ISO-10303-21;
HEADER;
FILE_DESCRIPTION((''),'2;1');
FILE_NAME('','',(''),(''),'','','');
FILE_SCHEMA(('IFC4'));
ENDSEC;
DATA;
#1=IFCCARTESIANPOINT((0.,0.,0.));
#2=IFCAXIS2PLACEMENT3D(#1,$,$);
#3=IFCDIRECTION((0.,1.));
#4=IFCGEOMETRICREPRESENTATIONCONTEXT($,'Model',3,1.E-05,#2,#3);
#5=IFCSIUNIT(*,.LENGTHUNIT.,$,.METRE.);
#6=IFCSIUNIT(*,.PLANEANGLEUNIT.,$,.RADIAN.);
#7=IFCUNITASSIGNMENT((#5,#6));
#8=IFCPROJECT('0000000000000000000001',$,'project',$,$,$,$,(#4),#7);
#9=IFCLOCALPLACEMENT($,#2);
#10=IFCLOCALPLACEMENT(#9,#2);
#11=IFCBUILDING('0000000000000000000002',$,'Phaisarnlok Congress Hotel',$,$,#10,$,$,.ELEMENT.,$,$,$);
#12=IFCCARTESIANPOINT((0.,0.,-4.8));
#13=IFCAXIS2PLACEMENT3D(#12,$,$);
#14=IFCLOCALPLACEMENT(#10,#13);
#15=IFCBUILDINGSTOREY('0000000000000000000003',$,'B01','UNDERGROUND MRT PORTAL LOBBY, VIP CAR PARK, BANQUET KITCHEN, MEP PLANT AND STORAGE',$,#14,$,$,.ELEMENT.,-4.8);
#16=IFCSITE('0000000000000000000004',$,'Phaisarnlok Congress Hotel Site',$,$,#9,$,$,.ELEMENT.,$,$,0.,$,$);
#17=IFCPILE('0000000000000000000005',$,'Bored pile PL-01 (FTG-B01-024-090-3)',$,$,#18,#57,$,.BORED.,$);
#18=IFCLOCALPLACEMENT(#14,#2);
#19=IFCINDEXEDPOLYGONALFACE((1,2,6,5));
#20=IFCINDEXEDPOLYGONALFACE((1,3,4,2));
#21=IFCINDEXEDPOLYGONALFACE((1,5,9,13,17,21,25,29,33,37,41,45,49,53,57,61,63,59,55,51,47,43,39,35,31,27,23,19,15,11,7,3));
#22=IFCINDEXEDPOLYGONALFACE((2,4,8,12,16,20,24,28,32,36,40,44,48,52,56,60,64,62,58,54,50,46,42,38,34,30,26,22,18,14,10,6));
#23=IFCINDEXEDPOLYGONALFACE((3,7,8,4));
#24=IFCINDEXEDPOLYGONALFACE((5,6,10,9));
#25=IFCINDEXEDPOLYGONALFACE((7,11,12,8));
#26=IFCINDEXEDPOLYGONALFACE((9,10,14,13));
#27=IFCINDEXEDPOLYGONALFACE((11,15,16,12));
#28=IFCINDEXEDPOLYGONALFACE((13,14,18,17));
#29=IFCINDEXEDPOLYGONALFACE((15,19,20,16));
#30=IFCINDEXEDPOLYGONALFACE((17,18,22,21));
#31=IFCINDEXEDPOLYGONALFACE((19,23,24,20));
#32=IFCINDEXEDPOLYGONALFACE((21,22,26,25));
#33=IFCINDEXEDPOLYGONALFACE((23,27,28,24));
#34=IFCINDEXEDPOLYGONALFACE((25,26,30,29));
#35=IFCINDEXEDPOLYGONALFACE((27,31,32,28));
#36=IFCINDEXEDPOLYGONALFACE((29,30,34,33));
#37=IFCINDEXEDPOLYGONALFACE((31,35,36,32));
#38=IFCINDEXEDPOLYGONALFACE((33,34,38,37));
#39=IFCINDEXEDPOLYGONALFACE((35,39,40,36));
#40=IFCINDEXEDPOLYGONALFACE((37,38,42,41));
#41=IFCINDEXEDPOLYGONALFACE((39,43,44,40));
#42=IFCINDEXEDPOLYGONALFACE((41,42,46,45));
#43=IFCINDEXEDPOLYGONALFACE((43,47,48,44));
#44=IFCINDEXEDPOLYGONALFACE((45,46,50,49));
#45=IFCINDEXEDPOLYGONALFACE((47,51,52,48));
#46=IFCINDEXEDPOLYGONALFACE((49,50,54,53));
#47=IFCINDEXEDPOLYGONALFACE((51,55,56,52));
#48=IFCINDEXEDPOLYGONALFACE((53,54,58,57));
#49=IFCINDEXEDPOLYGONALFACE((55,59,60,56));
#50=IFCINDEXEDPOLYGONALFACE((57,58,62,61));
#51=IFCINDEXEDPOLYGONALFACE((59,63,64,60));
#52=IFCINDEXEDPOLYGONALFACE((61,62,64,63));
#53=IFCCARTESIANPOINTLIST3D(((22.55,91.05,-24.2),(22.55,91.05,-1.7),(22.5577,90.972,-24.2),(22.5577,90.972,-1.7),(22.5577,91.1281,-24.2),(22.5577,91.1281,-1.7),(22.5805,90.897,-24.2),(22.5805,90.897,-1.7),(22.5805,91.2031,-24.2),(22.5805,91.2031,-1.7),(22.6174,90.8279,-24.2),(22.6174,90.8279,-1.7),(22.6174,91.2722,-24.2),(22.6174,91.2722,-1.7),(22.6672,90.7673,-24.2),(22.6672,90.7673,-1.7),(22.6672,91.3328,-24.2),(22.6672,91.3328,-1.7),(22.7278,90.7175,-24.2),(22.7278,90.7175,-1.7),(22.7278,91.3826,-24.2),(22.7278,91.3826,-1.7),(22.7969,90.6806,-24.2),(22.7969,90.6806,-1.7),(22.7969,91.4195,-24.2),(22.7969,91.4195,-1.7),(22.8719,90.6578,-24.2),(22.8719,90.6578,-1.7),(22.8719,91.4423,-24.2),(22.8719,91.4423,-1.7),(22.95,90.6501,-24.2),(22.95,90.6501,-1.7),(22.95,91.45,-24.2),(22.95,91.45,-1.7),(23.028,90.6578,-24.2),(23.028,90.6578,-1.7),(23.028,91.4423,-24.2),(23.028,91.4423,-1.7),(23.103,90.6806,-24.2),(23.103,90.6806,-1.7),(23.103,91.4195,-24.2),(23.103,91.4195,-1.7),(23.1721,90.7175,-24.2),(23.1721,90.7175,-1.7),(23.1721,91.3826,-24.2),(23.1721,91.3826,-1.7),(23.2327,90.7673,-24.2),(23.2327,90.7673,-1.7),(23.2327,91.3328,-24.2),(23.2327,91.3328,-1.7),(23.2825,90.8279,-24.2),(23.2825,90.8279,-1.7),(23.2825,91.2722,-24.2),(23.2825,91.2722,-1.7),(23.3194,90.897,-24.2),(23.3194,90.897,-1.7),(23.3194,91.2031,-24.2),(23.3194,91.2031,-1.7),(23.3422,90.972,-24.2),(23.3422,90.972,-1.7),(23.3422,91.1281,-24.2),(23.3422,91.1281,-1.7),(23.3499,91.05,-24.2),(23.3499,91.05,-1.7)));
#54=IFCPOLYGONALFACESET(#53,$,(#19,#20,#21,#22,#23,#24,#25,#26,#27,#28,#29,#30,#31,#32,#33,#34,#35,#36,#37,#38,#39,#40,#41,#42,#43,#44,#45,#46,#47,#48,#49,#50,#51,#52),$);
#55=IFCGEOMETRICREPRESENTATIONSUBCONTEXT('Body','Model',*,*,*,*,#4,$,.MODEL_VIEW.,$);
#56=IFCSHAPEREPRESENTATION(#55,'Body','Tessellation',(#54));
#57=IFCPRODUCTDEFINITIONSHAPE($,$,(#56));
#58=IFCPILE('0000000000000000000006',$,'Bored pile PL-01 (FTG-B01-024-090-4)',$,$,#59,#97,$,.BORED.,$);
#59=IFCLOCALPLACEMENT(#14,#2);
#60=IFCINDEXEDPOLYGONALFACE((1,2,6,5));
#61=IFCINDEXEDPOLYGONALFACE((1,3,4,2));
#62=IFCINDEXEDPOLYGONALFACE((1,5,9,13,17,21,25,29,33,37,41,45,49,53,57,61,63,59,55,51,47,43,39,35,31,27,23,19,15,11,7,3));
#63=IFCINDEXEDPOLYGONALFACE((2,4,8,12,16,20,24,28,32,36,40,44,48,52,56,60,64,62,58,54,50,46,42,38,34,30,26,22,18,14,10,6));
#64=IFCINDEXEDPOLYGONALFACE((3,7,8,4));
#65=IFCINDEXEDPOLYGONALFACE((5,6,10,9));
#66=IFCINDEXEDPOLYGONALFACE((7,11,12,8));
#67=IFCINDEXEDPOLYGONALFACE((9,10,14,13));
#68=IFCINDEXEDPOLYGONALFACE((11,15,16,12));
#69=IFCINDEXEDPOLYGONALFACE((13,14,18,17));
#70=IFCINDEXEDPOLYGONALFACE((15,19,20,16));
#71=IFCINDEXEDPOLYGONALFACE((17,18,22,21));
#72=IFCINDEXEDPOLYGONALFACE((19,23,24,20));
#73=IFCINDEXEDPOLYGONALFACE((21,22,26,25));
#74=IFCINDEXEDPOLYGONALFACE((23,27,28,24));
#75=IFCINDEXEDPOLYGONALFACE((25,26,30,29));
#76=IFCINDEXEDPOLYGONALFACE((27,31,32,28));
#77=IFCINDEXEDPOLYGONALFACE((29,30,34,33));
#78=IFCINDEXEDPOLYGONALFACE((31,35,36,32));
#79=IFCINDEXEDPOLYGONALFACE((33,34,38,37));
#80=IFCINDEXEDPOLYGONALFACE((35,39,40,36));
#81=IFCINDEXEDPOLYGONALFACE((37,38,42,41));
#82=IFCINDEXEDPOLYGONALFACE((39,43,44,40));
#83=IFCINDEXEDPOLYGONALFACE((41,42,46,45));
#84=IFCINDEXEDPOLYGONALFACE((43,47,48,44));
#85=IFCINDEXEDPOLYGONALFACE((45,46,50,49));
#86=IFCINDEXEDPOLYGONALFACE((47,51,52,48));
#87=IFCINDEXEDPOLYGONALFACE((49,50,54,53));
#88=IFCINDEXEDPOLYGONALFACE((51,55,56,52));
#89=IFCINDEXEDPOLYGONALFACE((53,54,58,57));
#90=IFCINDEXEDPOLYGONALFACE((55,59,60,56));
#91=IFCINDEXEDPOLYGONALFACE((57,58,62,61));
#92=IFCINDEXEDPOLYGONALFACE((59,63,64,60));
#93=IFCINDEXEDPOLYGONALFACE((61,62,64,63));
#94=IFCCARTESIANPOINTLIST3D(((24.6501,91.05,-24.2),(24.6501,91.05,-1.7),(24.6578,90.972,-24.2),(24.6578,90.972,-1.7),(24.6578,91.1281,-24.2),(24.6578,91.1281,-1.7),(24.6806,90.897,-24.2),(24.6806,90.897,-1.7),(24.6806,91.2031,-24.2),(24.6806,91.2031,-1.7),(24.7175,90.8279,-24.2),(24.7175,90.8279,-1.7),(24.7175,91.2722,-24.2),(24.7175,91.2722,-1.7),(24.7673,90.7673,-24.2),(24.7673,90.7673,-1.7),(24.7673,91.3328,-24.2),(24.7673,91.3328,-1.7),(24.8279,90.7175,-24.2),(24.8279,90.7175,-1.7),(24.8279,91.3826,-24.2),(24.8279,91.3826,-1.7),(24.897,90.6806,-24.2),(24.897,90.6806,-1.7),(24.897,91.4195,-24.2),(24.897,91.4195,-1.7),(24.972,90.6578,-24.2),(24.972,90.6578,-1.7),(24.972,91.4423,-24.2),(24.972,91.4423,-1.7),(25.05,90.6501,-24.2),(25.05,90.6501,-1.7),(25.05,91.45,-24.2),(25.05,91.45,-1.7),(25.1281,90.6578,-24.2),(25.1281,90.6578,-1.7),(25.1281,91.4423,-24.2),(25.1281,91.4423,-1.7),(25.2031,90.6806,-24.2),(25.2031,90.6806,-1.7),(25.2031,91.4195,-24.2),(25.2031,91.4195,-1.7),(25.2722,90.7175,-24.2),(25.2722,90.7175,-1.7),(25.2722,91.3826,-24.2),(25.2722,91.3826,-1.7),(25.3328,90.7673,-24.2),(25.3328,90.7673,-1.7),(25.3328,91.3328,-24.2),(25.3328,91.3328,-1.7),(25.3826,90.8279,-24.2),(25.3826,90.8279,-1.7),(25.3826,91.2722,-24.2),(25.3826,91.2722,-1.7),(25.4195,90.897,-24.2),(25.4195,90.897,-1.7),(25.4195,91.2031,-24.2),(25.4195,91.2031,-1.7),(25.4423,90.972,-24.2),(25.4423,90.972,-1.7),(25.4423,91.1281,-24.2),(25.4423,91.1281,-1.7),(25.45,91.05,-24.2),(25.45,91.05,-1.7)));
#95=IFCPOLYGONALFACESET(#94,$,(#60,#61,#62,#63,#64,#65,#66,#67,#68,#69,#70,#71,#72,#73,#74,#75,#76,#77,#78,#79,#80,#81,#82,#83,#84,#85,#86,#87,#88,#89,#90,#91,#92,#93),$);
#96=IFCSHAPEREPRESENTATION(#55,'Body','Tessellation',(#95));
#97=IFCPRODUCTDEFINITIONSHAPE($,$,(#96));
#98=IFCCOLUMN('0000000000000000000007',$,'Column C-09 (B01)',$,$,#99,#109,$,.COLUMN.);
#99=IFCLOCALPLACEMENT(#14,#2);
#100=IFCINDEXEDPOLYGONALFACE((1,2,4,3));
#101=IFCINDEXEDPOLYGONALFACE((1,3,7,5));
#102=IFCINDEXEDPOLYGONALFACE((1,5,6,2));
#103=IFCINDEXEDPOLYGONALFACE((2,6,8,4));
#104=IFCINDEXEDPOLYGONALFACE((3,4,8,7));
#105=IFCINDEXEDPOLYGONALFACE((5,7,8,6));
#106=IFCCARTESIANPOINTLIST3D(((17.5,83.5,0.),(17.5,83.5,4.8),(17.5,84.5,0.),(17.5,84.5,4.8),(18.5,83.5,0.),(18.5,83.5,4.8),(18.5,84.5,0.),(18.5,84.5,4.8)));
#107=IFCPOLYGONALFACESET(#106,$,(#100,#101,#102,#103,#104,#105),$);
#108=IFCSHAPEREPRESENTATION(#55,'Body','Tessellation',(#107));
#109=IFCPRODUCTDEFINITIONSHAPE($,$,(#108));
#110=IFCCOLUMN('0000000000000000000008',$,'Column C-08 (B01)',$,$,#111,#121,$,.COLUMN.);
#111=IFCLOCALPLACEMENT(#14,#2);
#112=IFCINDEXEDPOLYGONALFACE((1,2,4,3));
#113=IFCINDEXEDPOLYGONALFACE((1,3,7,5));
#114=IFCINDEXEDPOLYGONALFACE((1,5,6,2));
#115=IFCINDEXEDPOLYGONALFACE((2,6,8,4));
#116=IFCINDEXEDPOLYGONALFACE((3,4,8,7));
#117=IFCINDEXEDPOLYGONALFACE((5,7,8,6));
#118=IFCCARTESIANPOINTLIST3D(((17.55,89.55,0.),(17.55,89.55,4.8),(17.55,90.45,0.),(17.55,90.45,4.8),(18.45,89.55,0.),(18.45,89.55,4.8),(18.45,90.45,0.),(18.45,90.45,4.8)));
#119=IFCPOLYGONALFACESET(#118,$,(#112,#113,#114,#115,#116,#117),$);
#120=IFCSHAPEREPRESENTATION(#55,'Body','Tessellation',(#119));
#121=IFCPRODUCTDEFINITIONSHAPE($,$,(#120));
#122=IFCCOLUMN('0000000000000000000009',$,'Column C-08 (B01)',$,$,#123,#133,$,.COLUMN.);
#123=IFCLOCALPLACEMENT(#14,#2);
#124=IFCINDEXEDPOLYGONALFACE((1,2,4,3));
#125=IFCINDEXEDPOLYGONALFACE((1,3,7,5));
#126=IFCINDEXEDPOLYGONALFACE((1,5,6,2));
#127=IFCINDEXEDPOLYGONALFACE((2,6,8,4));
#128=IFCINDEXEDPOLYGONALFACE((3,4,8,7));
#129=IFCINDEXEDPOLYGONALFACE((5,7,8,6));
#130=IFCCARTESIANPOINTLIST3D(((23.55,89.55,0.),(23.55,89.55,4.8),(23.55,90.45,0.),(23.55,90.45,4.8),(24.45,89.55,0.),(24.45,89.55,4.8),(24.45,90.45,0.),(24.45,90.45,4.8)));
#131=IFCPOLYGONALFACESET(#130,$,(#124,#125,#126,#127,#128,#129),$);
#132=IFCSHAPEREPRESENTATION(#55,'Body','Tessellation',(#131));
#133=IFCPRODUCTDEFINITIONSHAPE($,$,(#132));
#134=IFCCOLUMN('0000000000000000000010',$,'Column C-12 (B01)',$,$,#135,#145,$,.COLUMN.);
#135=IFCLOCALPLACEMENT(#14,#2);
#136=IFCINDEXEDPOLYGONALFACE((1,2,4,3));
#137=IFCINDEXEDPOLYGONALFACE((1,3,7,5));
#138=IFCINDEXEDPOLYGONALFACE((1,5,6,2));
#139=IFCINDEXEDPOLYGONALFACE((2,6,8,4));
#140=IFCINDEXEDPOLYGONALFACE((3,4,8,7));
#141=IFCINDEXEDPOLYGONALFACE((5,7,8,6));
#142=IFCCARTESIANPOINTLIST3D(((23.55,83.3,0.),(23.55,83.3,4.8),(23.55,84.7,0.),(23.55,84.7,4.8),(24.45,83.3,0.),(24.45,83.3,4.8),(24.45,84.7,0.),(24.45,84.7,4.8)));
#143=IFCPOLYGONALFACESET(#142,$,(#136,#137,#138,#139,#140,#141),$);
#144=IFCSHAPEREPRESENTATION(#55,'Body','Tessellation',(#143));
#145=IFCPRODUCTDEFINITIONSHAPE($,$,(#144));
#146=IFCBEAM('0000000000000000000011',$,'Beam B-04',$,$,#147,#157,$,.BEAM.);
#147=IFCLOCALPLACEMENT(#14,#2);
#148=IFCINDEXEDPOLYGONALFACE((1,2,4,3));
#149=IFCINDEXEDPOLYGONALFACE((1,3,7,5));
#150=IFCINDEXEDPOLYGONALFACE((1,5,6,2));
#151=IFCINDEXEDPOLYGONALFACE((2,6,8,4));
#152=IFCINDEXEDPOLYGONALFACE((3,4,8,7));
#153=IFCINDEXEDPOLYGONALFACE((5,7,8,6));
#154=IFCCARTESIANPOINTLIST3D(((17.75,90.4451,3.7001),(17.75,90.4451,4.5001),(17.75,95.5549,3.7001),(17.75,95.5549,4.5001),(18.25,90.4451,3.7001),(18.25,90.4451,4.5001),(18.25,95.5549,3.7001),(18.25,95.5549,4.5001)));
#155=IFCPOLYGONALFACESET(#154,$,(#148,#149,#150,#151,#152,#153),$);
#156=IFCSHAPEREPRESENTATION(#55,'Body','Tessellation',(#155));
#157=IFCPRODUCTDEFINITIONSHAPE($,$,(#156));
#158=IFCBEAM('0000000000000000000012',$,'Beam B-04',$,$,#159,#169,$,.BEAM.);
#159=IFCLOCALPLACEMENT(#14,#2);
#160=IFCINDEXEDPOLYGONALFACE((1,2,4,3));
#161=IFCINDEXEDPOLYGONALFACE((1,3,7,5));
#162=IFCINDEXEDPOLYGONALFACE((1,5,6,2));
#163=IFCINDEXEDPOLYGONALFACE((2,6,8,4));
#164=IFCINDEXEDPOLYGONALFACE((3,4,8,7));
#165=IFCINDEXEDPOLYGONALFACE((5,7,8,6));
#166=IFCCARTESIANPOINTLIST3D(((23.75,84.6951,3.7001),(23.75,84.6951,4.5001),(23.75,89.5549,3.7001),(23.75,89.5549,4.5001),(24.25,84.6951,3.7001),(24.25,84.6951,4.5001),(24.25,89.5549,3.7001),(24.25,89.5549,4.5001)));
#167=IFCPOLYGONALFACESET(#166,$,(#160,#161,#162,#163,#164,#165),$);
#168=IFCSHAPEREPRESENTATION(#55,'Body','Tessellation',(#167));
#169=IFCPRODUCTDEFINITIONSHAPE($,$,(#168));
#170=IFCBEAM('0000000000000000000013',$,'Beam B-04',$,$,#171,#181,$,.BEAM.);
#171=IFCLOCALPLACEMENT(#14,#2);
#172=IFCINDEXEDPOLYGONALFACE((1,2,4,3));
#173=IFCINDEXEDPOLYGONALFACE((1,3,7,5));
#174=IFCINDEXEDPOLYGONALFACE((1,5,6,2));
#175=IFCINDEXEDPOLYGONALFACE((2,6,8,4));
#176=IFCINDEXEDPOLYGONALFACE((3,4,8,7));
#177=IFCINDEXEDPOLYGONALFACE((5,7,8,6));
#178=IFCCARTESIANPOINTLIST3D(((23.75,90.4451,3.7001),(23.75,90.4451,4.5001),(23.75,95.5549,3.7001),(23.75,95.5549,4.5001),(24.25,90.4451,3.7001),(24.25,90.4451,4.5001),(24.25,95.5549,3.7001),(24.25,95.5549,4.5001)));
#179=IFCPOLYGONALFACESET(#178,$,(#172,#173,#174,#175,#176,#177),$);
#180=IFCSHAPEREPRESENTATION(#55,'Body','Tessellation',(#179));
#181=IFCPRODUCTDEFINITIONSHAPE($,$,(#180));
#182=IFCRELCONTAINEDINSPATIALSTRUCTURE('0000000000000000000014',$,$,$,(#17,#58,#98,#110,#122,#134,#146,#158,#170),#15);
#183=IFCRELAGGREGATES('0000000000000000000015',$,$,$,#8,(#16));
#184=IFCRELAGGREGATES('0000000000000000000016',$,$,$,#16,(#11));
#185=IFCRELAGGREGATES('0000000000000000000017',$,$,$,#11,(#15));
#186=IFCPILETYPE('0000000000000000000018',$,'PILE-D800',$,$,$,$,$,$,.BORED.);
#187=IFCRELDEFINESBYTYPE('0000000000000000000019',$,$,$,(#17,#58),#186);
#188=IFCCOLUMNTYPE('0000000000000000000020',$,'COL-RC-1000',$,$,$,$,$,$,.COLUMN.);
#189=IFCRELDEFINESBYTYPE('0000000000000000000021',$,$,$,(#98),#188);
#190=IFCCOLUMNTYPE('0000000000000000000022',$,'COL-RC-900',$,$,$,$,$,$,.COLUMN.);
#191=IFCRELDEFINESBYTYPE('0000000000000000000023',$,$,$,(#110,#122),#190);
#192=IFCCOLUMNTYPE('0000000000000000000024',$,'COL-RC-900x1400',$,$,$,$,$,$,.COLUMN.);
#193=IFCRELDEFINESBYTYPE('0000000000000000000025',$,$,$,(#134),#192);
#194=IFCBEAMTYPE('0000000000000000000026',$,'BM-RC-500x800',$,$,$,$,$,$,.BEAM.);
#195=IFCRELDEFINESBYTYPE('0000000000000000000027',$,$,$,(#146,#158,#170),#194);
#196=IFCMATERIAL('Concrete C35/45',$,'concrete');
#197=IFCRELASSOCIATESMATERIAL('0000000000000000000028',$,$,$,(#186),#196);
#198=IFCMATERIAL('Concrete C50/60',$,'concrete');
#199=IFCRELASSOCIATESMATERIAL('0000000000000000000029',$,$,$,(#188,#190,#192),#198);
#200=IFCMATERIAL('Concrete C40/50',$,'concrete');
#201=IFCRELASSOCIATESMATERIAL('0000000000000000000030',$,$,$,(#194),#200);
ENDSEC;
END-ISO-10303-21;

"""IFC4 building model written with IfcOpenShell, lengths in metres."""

from ifc_helpers import new_model, si_unit, direction, frame, origin, origin_2d, place, context, subcontext, project, spatial, rectangle, circle, extrude, material, material_profile, profile_set, type_object, element, save


model = new_model("IFC4")

# Units and contexts
model_context = context("Model", 3, precision=1e-05, world=origin(), true_north=direction((0.0, 1.0)))
body_context = subcontext(model_context, "Body", "Model", "MODEL_VIEW")
ifc_project = project(units=[si_unit("LENGTHUNIT", "METRE"), si_unit("PLANEANGLEUNIT", "RADIAN")], contexts=[model_context])

# Site, building, storey
site_placement = place(None, origin())
site = spatial("IfcSite", under=ifc_project, at=site_placement, Name="Phaisarnlok Congress Hotel Site", CompositionType="ELEMENT", RefElevation=0.0)
building_placement = place(site_placement, origin())
building = spatial("IfcBuilding", under=site, at=building_placement, Name="Phaisarnlok Congress Hotel", CompositionType="ELEMENT")
storey_placement = place(building_placement, frame((0.0, 0.0, -4.8)))
storey = spatial("IfcBuildingStorey", under=building, at=storey_placement, Name="B01", Description="UNDERGROUND MRT PORTAL LOBBY, VIP CAR PARK, BANQUET KITCHEN, MEP PLANT AND STORAGE", CompositionType="ELEMENT", Elevation=-4.8)

# Shared definitions
ifc_material_1 = material(Name="Concrete C40/50", Category="concrete")

# Piles
ifc_material_2 = material(Name="Concrete C35/45", Category="concrete")
ifc_material_profile_1 = material_profile(ifc_material_2, circle(Radius=0.3999, at=origin_2d()), Name="BORED PILE D800")
ifc_profile_set_1 = profile_set([ifc_material_profile_1], Name="Concrete C35/45")
pile_type_1 = type_object("IfcPileType", Name="PILE-D800", PredefinedType="BORED", material=ifc_profile_set_1)
for number, where, z_axis, x_axis, name in (
    (1, (22.95, 91.05, -1.7), (0.0, 0.0, -1.0), (1.0, 0.0, 0.0), "Bored pile PL-01 (FTG-B01-024-090-3)"),
    (2, (25.05, 91.05, -1.7), (0.0, 0.0, -1.0), (1.0, 0.0, 0.0), "Bored pile PL-01 (FTG-B01-024-090-4)"),
):
    element("IfcPile", number, at=place(storey_placement, frame(where, z_axis=z_axis, x_axis=x_axis)), inside=storey, type_object=pile_type_1, Name=name, PredefinedType="BORED", context=body_context, shape_type="SweptSolid", body=[
        extrude(circle(Radius=0.3999, at=origin_2d()), origin(), (0.0, 0.0, 1.0), 22.5),
    ])

# Columns
ifc_material_3 = material(Name="Concrete C50/60", Category="concrete")
ifc_material_profile_2 = material_profile(ifc_material_3, rectangle(XDim=1.0, YDim=1.0, at=origin_2d()), Name="RC 1000x1000")
ifc_profile_set_2 = profile_set([ifc_material_profile_2], Name="Concrete C50/60")
column_type_1 = type_object("IfcColumnType", Name="COL-RC-1000", PredefinedType="COLUMN", material=ifc_profile_set_2)
column_1_placement = place(storey_placement, frame((18.0, 84.0, 0.0), z_axis=(0.0, 0.0, 1.0), x_axis=(1.0, 0.0, 0.0)))
element("IfcColumn", 3, at=column_1_placement, inside=storey, type_object=column_type_1, Name="Column C-09 (B01)", PredefinedType="COLUMN", context=body_context, shape_type="SweptSolid", body=[
    extrude(rectangle(XDim=1.0, YDim=1.0, at=origin_2d()), origin(), (0.0, 0.0, 1.0), 4.8),
])
ifc_material_profile_3 = material_profile(ifc_material_3, rectangle(XDim=0.8999, YDim=0.8999, at=origin_2d()), Name="RC 900x900")
ifc_profile_set_3 = profile_set([ifc_material_profile_3], Name="Concrete C50/60")
column_type_2 = type_object("IfcColumnType", Name="COL-RC-900", PredefinedType="COLUMN", material=ifc_profile_set_3)
for number, where, z_axis, x_axis, name in (
    (4, (18.0, 90.0, 0.0), (0.0, 0.0, 1.0), (1.0, 0.0, 0.0), "Column C-08 (B01)"),
    (5, (24.0, 90.0, 0.0), (0.0, 0.0, 1.0), (1.0, 0.0, 0.0), "Column C-08 (B01)"),
):
    element("IfcColumn", number, at=place(storey_placement, frame(where, z_axis=z_axis, x_axis=x_axis)), inside=storey, type_object=column_type_2, Name=name, PredefinedType="COLUMN", context=body_context, shape_type="SweptSolid", body=[
        extrude(rectangle(XDim=0.8999, YDim=0.8999, at=origin_2d()), origin(), (0.0, 0.0, 1.0), 4.8),
    ])
ifc_material_profile_4 = material_profile(ifc_material_3, rectangle(XDim=0.8999, YDim=1.3999, at=origin_2d()), Name="RC 900x1400")
ifc_profile_set_4 = profile_set([ifc_material_profile_4], Name="Concrete C50/60")
column_type_3 = type_object("IfcColumnType", Name="COL-RC-900x1400", PredefinedType="COLUMN", material=ifc_profile_set_4)
column_2_placement = place(storey_placement, frame((24.0, 84.0, 0.0), z_axis=(0.0, 0.0, 1.0), x_axis=(1.0, 0.0, 0.0)))
element("IfcColumn", 6, at=column_2_placement, inside=storey, type_object=column_type_3, Name="Column C-12 (B01)", PredefinedType="COLUMN", context=body_context, shape_type="SweptSolid", body=[
    extrude(rectangle(XDim=0.8999, YDim=1.3999, at=origin_2d()), origin(), (0.0, 0.0, 1.0), 4.8),
])

# Beams
ifc_material_profile_5 = material_profile(ifc_material_1, rectangle(XDim=0.5, YDim=0.8, at=origin_2d()), Name="RC 500x800")
ifc_profile_set_5 = profile_set([ifc_material_profile_5], Name="Concrete C40/50")
beam_type_1 = type_object("IfcBeamType", Name="BM-RC-500x800", PredefinedType="BEAM", material=ifc_profile_set_5)
beam_1_placement = place(storey_placement, frame((18.0, 90.4451, 4.1001), z_axis=(0.0, 1.0, 0.0), x_axis=(-1.0, 0.0, 0.0)))
element("IfcBeam", 7, at=beam_1_placement, inside=storey, type_object=beam_type_1, Name="Beam B-04", PredefinedType="BEAM", context=body_context, shape_type="SweptSolid", body=[
    extrude(rectangle(XDim=0.5, YDim=0.8, at=origin_2d()), origin(), (0.0, 0.0, 1.0), 5.1099),
])
beam_2_placement = place(storey_placement, frame((24.0, 84.6951, 4.1001), z_axis=(0.0, 1.0, 0.0), x_axis=(-1.0, 0.0, 0.0)))
element("IfcBeam", 8, at=beam_2_placement, inside=storey, type_object=beam_type_1, Name="Beam B-04", PredefinedType="BEAM", context=body_context, shape_type="SweptSolid", body=[
    extrude(rectangle(XDim=0.5, YDim=0.8, at=origin_2d()), origin(), (0.0, 0.0, 1.0), 4.8599),
])
beam_3_placement = place(storey_placement, frame((24.0, 90.4451, 4.1001), z_axis=(0.0, 1.0, 0.0), x_axis=(-1.0, 0.0, 0.0)))
element("IfcBeam", 9, at=beam_3_placement, inside=storey, type_object=beam_type_1, Name="Beam B-04", PredefinedType="BEAM", context=body_context, shape_type="SweptSolid", body=[
    extrude(rectangle(XDim=0.5, YDim=0.8, at=origin_2d()), origin(), (0.0, 0.0, 1.0), 5.1099),
])

save(model, "model.ifc")
